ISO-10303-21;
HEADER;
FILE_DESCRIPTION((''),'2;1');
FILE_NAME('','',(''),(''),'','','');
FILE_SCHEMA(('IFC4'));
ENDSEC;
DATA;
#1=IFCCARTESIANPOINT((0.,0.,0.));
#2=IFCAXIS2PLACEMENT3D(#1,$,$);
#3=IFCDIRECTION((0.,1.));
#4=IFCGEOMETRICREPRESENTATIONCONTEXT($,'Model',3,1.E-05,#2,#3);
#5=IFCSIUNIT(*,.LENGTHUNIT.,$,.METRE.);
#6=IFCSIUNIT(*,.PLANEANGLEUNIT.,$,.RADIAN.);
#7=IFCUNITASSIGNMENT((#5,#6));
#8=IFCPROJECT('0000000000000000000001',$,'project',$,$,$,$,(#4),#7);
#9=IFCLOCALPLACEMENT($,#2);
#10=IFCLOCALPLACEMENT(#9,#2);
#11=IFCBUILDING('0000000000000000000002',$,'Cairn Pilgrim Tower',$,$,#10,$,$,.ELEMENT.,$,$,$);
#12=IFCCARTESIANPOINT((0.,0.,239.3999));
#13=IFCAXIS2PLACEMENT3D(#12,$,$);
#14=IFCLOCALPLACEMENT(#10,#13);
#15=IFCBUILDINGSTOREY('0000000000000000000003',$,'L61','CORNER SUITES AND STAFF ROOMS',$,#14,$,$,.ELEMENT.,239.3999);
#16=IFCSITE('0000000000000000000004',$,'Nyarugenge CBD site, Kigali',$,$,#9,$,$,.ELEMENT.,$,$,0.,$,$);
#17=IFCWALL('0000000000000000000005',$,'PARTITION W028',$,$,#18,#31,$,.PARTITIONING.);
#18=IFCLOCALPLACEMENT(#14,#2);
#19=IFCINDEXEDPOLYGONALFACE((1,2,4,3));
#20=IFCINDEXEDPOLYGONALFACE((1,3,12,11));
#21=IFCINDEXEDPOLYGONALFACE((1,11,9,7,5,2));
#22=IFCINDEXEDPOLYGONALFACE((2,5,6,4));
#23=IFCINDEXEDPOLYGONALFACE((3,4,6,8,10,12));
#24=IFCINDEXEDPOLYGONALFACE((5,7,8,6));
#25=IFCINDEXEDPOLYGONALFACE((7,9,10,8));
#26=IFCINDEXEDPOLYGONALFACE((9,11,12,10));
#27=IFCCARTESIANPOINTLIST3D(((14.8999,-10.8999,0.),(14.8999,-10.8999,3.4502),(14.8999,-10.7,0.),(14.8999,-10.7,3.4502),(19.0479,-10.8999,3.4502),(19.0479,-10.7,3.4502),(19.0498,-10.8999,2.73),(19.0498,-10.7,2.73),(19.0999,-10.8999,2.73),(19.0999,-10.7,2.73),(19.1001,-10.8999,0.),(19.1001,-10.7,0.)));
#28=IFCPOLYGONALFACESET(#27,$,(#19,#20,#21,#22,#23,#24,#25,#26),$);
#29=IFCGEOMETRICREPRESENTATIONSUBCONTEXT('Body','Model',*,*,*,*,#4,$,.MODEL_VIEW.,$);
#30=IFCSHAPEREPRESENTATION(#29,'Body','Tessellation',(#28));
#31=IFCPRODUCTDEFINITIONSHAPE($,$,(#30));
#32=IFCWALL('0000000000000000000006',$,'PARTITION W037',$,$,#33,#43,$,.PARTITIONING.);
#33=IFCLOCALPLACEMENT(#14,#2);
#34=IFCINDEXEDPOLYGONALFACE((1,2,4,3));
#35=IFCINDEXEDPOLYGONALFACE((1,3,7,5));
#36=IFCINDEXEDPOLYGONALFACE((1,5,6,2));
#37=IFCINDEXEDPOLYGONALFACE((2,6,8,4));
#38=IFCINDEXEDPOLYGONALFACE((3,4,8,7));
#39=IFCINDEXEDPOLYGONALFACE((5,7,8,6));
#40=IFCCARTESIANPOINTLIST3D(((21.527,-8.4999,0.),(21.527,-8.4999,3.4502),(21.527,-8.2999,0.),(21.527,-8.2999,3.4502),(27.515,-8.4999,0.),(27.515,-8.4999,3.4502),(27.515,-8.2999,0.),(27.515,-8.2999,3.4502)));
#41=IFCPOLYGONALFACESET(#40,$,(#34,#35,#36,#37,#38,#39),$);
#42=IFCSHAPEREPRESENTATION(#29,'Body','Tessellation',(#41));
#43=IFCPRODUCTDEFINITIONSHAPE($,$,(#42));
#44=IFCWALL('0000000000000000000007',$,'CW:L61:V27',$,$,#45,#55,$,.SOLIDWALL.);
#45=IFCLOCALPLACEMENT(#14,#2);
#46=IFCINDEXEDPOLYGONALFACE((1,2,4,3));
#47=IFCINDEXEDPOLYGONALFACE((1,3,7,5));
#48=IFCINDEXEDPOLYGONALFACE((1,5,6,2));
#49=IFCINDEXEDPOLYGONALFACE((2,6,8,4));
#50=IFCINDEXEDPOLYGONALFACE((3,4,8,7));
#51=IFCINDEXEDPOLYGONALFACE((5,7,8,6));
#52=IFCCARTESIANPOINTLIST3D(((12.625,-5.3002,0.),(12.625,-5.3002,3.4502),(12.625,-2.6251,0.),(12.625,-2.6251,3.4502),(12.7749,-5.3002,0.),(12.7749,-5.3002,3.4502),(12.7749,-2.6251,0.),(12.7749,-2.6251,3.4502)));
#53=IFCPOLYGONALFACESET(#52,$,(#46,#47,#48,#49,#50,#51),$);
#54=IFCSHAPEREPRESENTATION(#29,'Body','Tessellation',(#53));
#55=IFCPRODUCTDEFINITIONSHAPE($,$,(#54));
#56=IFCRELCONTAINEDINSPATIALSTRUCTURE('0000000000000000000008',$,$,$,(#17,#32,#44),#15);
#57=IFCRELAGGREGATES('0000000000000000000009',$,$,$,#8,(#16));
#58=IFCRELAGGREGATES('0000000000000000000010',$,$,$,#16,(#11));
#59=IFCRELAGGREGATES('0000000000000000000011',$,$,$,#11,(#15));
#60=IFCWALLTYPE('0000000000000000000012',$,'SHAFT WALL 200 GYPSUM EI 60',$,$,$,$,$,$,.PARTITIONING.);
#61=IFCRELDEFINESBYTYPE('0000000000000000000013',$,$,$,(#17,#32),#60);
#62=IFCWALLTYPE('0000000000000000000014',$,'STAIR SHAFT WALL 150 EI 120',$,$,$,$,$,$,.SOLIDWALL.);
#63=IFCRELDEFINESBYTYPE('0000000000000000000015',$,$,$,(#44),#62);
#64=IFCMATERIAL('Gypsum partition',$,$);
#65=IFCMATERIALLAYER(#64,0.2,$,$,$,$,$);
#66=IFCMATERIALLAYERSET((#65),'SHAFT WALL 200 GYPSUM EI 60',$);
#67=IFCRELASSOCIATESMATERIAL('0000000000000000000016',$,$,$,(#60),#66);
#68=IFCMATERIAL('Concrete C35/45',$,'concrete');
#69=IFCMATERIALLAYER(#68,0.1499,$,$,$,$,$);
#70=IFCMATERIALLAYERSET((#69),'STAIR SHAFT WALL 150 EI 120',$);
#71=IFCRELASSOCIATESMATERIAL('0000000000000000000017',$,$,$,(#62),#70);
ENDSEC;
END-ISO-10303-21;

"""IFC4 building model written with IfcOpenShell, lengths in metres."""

from ifc_helpers import new_model, si_unit, direction, frame, frame_2d, origin, place, context, subcontext, project, spatial, polyline, rectangle, outline, extrude, material, layer, layer_set, type_object, element, save


model = new_model("IFC4")

# Units and contexts
model_context = context("Model", 3, precision=1e-05, world=origin(), true_north=direction((0.0, 1.0)))
body_context = subcontext(model_context, "Body", "Model", "MODEL_VIEW")
ifc_project = project(units=[si_unit("LENGTHUNIT", "METRE"), si_unit("PLANEANGLEUNIT", "RADIAN")], contexts=[model_context])

# Site, building, storey
site_placement = place(None, origin())
site = spatial("IfcSite", under=ifc_project, at=site_placement, Name="Nyarugenge CBD site, Kigali", CompositionType="ELEMENT", RefElevation=0.0)
building_placement = place(site_placement, origin())
building = spatial("IfcBuilding", under=site, at=building_placement, Name="Cairn Pilgrim Tower", CompositionType="ELEMENT")
storey_placement = place(building_placement, frame((0.0, 0.0, 239.3999)))
storey = spatial("IfcBuildingStorey", under=building, at=storey_placement, Name="L61", Description="CORNER SUITES AND STAFF ROOMS", CompositionType="ELEMENT", Elevation=239.3999)

# Shared definitions
ifc_material_1 = material(Name="Gypsum partition")

# Walls
ifc_layer_1 = layer(ifc_material_1, 0.2)
ifc_layer_set_1 = layer_set([ifc_layer_1], Name="SHAFT WALL 200 GYPSUM EI 60")
wall_type_1 = type_object("IfcWallType", Name="SHAFT WALL 200 GYPSUM EI 60", PredefinedType="PARTITIONING", material=ifc_layer_set_1)
wall_1_placement = place(storey_placement, frame((14.8999, -10.8, 0.0), z_axis=(0.0, 0.0, 1.0), x_axis=(1.0, 0.0, 0.0)))
element("IfcWall", 1, at=wall_1_placement, inside=storey, type_object=wall_type_1, Name="PARTITION W028", PredefinedType="PARTITIONING", context=body_context, shape_type="SweptSolid", body=[
    extrude(outline(polyline([(0.0, 0.0), (4.2002, 0.0), (4.2, 2.73), (4.1499, 2.73), (4.1479, 3.4502), (0.0, 3.4502), (0.0, 0.0)])), frame((0.0, 0.1001, 0.0), z_axis=(0.0, -1.0, 0.0), x_axis=(1.0, 0.0, 0.0)), (0.0, 0.0, 1.0), 0.2),
])
wall_2_placement = place(storey_placement, frame((21.5269, -8.3999, 0.0), z_axis=(0.0, 0.0, 1.0), x_axis=(1.0, 0.0, 0.0)))
element("IfcWall", 2, at=wall_2_placement, inside=storey, type_object=wall_type_1, Name="PARTITION W037", PredefinedType="PARTITIONING", context=body_context, shape_type="SweptSolid", body=[
    extrude(rectangle(XDim=5.988, YDim=0.2, at=frame_2d((2.9941, 0.0))), origin(), (0.0, 0.0, 1.0), 3.4502),
])
ifc_material_2 = material(Name="Concrete C35/45", Category="concrete")
ifc_layer_2 = layer(ifc_material_2, 0.1499)
ifc_layer_set_2 = layer_set([ifc_layer_2], Name="STAIR SHAFT WALL 150 EI 120")
wall_type_2 = type_object("IfcWallType", Name="STAIR SHAFT WALL 150 EI 120", PredefinedType="SOLIDWALL", material=ifc_layer_set_2)
wall_3_placement = place(storey_placement, frame((12.7, -5.3, 0.0), z_axis=(0.0, 0.0, 1.0), x_axis=(0.0, 1.0, 0.0)))
element("IfcWall", 3, at=wall_3_placement, inside=storey, type_object=wall_type_2, Name="CW:L61:V27", PredefinedType="SOLIDWALL", context=body_context, shape_type="SweptSolid", body=[
    extrude(rectangle(XDim=2.675, YDim=0.1499, at=frame_2d((1.3374, 0.0))), origin(), (0.0, 0.0, 1.0), 3.4502),
])

save(model, "model.ifc")
